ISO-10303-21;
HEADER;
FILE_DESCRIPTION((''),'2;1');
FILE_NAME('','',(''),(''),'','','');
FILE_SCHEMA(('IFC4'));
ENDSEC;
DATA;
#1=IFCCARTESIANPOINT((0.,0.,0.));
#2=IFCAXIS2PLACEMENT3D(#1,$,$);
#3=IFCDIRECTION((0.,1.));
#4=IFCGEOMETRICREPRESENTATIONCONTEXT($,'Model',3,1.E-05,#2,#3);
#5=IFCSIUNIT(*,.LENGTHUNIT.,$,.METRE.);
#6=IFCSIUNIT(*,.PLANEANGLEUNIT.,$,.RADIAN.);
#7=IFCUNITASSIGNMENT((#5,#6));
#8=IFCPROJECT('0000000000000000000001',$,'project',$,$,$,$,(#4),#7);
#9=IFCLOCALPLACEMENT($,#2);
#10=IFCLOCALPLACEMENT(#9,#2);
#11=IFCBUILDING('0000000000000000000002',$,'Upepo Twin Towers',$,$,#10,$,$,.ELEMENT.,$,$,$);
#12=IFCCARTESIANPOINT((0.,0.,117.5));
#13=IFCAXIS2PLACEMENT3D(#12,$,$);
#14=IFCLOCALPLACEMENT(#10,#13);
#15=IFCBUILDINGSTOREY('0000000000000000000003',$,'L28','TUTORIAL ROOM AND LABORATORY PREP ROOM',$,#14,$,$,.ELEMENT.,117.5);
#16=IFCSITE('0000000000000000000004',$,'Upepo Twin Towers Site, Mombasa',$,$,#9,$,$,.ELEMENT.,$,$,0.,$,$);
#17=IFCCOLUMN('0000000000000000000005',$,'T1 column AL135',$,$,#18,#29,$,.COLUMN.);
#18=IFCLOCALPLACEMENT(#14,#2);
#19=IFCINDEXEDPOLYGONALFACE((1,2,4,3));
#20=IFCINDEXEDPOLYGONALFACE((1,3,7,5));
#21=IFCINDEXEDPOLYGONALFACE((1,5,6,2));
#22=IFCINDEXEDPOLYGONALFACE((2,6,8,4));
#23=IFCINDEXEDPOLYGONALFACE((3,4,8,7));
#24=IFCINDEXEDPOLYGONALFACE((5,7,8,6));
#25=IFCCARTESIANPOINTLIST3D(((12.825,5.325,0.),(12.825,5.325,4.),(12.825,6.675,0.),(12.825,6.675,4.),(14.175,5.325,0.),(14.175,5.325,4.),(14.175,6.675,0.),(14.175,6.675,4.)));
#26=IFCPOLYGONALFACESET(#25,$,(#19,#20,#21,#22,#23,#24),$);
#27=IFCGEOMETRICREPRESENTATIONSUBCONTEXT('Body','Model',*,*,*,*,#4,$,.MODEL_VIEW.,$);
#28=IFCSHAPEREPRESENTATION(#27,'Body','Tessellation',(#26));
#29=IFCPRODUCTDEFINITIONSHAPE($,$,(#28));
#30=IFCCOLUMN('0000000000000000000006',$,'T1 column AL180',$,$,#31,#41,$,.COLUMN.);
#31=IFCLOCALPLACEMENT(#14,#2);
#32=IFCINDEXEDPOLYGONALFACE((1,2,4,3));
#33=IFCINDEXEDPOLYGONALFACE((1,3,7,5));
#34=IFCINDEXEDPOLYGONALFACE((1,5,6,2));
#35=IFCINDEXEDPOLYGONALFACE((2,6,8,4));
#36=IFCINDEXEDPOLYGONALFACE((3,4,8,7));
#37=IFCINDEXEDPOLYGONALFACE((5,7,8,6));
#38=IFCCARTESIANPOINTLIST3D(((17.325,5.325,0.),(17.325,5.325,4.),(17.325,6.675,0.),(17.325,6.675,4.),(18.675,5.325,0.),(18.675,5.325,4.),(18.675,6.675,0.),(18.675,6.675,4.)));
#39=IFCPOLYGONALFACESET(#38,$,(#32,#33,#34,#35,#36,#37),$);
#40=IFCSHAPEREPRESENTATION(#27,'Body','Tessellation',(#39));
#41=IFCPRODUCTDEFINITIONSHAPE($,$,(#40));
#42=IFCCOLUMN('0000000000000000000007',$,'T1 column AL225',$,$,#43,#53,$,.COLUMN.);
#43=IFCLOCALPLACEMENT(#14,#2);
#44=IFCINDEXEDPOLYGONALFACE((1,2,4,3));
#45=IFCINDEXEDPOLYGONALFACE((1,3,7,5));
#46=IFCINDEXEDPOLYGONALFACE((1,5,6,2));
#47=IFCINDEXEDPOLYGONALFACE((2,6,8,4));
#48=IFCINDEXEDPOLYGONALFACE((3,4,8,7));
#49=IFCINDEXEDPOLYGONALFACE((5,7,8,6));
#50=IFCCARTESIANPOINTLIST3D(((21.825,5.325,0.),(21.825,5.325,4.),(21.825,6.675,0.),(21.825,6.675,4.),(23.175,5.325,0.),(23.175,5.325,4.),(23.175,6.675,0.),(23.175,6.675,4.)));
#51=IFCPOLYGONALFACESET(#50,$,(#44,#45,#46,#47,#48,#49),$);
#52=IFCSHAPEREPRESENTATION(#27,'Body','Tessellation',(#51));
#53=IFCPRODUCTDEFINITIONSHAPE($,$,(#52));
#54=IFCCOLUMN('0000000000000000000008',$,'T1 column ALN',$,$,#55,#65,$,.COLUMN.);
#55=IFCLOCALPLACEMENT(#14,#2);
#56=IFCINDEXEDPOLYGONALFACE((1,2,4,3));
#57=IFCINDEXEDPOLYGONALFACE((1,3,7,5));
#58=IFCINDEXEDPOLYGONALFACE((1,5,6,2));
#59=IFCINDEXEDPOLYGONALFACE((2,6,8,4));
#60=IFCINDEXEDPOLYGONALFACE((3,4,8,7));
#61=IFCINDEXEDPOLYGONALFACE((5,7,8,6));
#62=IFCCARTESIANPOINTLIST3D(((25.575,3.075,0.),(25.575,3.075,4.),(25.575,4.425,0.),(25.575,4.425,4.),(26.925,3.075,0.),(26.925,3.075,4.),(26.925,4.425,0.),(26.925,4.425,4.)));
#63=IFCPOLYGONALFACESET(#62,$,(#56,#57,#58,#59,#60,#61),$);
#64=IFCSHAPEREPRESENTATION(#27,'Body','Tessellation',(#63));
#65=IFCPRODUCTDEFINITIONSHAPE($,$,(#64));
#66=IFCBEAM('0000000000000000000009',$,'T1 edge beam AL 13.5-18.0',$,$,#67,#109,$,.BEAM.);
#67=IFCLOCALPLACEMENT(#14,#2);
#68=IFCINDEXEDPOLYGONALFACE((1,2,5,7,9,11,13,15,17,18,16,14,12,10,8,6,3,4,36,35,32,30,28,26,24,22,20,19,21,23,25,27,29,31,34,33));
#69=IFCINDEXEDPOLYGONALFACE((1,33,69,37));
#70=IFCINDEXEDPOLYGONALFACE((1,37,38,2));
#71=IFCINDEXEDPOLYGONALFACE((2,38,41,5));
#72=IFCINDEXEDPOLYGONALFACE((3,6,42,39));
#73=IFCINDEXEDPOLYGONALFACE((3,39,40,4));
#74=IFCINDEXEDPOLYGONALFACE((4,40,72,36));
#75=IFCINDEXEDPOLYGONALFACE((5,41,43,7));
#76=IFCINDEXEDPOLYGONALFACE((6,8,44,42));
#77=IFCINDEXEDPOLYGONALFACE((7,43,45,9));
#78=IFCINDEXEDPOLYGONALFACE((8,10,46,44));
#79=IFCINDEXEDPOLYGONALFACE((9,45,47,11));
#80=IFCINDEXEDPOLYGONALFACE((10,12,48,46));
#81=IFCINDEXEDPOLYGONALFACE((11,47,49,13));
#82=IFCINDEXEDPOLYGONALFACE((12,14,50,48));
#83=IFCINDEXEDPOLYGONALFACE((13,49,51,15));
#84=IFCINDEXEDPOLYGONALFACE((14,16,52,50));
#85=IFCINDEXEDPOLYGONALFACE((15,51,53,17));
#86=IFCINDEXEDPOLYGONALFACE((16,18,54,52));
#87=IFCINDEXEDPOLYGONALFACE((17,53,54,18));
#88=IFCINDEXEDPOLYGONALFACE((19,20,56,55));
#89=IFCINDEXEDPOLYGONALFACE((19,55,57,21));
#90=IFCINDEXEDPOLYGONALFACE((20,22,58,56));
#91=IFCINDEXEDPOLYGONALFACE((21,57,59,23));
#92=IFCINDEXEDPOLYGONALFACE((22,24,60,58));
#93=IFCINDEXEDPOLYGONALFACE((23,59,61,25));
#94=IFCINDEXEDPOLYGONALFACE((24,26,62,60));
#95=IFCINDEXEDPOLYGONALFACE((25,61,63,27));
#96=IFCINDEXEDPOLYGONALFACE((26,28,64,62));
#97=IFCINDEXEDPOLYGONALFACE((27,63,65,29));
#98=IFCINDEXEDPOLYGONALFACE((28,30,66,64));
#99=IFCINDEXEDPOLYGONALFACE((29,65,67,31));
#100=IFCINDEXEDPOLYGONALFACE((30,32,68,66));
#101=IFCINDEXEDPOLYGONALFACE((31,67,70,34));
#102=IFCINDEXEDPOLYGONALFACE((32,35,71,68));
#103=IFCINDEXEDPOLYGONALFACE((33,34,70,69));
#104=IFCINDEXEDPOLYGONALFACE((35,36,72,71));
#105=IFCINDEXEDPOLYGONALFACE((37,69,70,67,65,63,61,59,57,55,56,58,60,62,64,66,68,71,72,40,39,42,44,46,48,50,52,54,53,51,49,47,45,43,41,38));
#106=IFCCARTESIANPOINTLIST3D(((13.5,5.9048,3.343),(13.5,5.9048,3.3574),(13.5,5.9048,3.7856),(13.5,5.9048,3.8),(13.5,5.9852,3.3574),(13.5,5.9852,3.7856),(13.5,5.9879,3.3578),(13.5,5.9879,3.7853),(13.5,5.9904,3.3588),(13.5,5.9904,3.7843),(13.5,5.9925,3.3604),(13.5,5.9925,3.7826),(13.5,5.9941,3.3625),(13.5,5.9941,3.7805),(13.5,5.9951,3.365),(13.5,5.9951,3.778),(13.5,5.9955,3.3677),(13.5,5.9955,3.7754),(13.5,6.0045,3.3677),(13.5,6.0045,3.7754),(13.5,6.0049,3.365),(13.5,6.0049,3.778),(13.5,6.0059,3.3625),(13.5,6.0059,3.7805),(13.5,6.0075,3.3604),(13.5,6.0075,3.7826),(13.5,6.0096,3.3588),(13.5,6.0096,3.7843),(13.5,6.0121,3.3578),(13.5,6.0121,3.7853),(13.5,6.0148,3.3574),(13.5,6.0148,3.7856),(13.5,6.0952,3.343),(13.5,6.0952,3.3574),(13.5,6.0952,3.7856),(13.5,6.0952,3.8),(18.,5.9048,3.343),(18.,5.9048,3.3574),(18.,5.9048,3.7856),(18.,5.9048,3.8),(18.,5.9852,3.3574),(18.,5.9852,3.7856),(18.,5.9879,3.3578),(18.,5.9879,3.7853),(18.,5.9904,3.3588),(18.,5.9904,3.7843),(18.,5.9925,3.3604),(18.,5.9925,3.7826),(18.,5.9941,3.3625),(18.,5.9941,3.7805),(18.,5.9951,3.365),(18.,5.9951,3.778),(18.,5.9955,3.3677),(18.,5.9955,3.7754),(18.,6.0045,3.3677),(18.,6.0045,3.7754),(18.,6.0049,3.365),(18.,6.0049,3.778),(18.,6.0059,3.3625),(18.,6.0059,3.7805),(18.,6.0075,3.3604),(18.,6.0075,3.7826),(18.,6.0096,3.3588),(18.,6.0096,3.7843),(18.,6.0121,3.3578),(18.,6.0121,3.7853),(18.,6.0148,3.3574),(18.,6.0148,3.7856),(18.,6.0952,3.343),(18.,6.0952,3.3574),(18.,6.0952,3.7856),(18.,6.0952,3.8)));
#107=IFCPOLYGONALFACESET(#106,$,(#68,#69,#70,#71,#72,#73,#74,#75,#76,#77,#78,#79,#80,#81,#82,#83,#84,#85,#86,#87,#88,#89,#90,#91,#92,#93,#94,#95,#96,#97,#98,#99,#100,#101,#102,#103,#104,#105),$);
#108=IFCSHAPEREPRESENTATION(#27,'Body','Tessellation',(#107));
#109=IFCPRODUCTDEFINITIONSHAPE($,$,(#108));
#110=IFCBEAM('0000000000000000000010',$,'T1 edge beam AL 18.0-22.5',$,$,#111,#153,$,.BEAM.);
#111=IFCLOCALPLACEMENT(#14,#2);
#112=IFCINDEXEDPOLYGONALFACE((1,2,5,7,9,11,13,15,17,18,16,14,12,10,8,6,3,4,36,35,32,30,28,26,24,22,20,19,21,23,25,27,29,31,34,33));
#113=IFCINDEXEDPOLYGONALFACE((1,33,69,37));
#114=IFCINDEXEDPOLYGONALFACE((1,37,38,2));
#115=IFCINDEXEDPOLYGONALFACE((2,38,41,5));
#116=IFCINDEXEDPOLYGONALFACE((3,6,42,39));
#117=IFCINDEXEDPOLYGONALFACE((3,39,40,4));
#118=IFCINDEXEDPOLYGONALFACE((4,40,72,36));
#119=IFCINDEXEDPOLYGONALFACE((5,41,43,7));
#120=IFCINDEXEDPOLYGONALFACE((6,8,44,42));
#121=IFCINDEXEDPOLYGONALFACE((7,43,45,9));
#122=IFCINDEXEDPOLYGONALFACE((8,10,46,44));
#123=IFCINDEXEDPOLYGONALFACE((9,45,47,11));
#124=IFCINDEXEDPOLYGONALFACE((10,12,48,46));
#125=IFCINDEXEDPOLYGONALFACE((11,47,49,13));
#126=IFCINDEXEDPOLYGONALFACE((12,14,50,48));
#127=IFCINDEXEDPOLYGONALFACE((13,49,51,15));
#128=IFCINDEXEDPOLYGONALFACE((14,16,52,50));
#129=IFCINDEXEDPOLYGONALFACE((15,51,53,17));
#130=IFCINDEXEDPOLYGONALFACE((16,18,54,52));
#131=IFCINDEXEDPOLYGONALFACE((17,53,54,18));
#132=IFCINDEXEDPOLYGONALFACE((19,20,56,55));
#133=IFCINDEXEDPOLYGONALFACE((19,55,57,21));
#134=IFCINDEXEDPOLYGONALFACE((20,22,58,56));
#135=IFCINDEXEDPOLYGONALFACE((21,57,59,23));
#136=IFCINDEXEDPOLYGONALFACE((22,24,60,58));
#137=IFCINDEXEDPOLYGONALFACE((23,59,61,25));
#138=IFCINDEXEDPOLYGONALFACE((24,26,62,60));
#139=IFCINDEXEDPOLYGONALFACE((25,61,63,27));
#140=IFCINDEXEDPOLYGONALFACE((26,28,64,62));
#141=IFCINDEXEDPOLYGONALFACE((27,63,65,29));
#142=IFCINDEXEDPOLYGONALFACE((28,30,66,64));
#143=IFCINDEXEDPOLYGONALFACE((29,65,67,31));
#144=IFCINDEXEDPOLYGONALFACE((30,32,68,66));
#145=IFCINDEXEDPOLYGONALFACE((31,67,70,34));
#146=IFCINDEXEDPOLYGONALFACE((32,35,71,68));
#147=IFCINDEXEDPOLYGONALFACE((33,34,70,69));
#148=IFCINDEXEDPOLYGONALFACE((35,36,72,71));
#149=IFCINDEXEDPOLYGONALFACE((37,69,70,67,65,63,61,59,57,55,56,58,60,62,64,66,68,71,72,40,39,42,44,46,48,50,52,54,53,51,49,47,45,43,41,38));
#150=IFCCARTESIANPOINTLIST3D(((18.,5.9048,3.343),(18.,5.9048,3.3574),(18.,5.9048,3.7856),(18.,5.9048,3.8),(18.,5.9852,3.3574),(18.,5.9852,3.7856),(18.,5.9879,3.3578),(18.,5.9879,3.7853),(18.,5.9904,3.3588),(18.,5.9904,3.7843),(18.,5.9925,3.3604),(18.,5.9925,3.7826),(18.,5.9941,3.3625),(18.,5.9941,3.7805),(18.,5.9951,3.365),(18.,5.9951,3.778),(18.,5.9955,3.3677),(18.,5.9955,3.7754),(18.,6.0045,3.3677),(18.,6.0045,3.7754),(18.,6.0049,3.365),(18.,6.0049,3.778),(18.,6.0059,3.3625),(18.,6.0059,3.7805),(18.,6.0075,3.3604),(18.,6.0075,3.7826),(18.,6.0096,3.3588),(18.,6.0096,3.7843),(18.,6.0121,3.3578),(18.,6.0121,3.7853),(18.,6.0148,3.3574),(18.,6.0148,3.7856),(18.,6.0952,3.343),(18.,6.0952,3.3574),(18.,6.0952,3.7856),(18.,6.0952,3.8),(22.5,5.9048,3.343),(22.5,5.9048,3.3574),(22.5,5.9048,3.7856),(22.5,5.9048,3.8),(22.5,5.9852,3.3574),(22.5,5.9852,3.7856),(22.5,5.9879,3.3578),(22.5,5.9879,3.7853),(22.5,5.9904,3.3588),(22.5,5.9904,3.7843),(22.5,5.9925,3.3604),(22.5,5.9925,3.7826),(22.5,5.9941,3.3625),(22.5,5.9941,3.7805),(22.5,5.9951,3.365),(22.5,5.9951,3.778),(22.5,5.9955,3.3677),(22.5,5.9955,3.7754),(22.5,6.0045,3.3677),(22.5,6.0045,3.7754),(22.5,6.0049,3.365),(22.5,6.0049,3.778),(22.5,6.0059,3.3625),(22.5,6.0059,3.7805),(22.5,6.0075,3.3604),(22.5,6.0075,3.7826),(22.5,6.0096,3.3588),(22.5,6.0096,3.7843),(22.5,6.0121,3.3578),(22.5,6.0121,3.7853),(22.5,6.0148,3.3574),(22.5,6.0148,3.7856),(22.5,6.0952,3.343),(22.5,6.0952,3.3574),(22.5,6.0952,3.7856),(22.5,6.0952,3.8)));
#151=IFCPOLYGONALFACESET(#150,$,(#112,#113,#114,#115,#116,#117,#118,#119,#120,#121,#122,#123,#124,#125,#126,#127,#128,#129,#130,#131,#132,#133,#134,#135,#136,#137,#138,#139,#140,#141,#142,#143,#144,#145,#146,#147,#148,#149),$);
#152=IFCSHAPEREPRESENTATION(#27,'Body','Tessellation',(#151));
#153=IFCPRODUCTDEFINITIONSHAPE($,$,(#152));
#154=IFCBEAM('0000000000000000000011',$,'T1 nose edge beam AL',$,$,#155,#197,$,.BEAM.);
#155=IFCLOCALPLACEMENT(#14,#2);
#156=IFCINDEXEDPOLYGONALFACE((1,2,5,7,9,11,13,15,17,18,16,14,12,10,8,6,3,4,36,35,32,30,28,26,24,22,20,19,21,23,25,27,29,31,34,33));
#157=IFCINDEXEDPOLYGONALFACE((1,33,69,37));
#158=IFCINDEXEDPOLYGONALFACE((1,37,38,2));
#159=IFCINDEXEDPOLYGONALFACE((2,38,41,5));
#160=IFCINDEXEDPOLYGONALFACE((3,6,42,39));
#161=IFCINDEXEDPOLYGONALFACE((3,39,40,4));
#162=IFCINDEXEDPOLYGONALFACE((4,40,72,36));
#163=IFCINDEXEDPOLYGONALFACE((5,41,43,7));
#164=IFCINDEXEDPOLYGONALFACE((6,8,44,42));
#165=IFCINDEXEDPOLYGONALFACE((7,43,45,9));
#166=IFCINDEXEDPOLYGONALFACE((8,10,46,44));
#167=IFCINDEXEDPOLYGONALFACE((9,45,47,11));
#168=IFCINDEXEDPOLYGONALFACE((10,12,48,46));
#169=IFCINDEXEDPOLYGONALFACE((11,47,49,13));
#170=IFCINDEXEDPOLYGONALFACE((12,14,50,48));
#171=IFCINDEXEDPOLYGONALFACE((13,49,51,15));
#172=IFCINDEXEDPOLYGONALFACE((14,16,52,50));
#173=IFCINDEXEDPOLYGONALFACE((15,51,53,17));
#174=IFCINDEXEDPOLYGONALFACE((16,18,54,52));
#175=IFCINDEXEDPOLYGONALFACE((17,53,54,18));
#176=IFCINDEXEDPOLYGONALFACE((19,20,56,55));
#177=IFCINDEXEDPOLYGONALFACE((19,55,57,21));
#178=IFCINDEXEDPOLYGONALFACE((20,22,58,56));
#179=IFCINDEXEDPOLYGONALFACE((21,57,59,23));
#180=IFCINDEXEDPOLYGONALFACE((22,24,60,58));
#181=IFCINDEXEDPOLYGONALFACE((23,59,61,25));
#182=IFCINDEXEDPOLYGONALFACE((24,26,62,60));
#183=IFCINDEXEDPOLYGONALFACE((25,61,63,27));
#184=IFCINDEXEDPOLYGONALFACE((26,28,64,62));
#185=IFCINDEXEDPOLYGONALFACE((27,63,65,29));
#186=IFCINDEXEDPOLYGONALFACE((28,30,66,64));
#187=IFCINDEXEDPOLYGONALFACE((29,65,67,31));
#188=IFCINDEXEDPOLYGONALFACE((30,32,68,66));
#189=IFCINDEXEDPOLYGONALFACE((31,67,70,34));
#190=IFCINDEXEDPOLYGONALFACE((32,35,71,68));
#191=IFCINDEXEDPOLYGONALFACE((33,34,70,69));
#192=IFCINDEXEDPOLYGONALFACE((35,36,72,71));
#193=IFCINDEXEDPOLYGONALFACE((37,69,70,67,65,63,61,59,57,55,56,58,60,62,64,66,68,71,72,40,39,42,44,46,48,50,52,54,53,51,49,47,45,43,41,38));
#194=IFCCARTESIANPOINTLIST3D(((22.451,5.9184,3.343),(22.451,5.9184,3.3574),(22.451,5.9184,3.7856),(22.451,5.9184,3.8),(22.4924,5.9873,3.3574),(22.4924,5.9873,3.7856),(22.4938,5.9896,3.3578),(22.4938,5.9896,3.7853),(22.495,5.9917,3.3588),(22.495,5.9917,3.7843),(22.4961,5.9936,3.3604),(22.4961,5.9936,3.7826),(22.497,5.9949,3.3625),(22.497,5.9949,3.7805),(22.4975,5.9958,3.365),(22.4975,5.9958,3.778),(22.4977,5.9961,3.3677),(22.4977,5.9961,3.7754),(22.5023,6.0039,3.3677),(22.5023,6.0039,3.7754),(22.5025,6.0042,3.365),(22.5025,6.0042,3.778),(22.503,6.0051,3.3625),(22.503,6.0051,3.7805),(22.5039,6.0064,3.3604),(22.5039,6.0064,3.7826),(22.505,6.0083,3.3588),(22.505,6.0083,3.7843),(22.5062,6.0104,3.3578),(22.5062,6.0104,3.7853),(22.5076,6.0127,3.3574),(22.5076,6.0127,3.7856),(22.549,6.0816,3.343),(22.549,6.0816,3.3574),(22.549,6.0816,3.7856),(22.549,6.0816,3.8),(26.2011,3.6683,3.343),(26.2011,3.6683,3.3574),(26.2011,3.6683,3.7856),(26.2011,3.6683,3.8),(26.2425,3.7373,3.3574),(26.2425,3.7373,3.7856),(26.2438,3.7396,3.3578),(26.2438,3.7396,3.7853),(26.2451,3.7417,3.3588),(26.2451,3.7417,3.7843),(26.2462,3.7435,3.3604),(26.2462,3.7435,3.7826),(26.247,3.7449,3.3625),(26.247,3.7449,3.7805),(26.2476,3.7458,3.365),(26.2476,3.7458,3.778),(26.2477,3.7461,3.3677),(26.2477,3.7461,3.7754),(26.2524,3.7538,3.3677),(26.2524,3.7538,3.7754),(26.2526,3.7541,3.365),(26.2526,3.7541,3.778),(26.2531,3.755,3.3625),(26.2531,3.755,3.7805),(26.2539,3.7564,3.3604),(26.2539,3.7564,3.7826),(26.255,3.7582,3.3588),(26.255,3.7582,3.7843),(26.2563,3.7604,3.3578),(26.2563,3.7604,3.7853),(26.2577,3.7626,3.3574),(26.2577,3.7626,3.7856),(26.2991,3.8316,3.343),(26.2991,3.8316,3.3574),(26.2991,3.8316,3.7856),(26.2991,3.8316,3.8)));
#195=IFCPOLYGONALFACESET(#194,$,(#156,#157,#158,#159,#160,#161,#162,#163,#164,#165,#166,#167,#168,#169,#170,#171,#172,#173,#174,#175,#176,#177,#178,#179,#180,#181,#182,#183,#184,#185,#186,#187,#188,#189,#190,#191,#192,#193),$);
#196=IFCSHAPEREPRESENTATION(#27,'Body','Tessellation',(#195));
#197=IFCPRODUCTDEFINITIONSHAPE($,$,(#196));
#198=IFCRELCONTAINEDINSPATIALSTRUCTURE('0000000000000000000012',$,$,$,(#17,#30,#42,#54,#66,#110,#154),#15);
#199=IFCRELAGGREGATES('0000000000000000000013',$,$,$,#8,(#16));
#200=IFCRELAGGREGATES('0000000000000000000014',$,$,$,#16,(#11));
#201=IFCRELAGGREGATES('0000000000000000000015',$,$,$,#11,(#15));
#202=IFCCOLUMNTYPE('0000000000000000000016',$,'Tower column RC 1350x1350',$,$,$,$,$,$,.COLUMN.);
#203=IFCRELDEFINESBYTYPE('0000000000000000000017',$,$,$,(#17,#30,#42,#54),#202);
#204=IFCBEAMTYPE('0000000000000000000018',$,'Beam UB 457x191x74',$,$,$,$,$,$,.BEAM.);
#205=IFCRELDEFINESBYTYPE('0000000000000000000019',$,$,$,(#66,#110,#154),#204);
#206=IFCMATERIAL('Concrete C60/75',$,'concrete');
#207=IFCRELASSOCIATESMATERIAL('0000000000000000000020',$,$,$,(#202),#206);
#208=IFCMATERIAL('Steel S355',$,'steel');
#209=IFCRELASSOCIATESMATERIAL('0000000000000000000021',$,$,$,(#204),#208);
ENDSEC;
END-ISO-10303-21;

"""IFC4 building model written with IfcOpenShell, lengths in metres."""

from ifc_helpers import new_model, si_unit, direction, frame, origin, origin_2d, place, context, subcontext, project, spatial, rectangle, i_section, extrude, material, material_profile, profile_set, type_object, element, save


model = new_model("IFC4")

# Units and contexts
model_context = context("Model", 3, precision=1e-05, world=origin(), true_north=direction((0.0, 1.0)))
body_context = subcontext(model_context, "Body", "Model", "MODEL_VIEW")
ifc_project = project(units=[si_unit("LENGTHUNIT", "METRE"), si_unit("PLANEANGLEUNIT", "RADIAN")], contexts=[model_context])

# Site, building, storey
site_placement = place(None, origin())
site = spatial("IfcSite", under=ifc_project, at=site_placement, Name="Upepo Twin Towers Site, Mombasa", CompositionType="ELEMENT", RefElevation=0.0)
building_placement = place(site_placement, origin())
building = spatial("IfcBuilding", under=site, at=building_placement, Name="Upepo Twin Towers", CompositionType="ELEMENT")
storey_placement = place(building_placement, frame((0.0, 0.0, 117.5)))
storey = spatial("IfcBuildingStorey", under=building, at=storey_placement, Name="L28", Description="TUTORIAL ROOM AND LABORATORY PREP ROOM", CompositionType="ELEMENT", Elevation=117.5)

# Columns
ifc_material_1 = material(Name="Concrete C60/75", Category="concrete")
ifc_material_profile_1 = material_profile(ifc_material_1, rectangle(XDim=1.3501, YDim=1.3501, at=origin_2d()), Name="RC 1350x1350")
ifc_profile_set_1 = profile_set([ifc_material_profile_1], Name="Concrete C60/75")
column_type = type_object("IfcColumnType", Name="Tower column RC 1350x1350", PredefinedType="COLUMN", material=ifc_profile_set_1)
for number, where, z_axis, x_axis, name in (
    (1, (13.5, 6.0, 0.0), (0.0, 0.0, 1.0), (1.0, 0.0, 0.0), "T1 column AL135"),
    (2, (18.0, 6.0, 0.0), (0.0, 0.0, 1.0), (1.0, 0.0, 0.0), "T1 column AL180"),
    (3, (22.5, 6.0, 0.0), (0.0, 0.0, 1.0), (1.0, 0.0, 0.0), "T1 column AL225"),
    (4, (26.25, 3.75, 0.0), (0.0, 0.0, 1.0), (1.0, 0.0, 0.0), "T1 column ALN"),
):
    element("IfcColumn", number, at=place(storey_placement, frame(where, z_axis=z_axis, x_axis=x_axis)), inside=storey, type_object=column_type, Name=name, PredefinedType="COLUMN", context=body_context, shape_type="SweptSolid", body=[
        extrude(rectangle(XDim=1.3501, YDim=1.3501, at=origin_2d()), origin(), (0.0, 0.0, 1.0), 4.0),
    ])

# Beams
ifc_material_2 = material(Name="Steel S355", Category="steel")
ifc_material_profile_2 = material_profile(ifc_material_2, i_section(OverallWidth=0.1904, OverallDepth=0.457, WebThickness=0.009, FlangeThickness=0.0144, FilletRadius=0.0103, at=origin_2d()), Name="UB 457x191x74")
ifc_profile_set_2 = profile_set([ifc_material_profile_2], Name="Steel S355")
beam_type_1 = type_object("IfcBeamType", Name="Beam UB 457x191x74", PredefinedType="BEAM", material=ifc_profile_set_2)
for number, where, z_axis, x_axis, name in (
    (5, (13.5, 6.0, 3.5715), (1.0, 0.0, 0.0), (0.0, 1.0, 0.0), "T1 edge beam AL 13.5-18.0"),
    (6, (18.0, 6.0, 3.5715), (1.0, 0.0, 0.0), (0.0, 1.0, 0.0), "T1 edge beam AL 18.0-22.5"),
):
    element("IfcBeam", number, at=place(storey_placement, frame(where, z_axis=z_axis, x_axis=x_axis)), inside=storey, type_object=beam_type_1, Name=name, PredefinedType="BEAM", context=body_context, shape_type="SweptSolid", body=[
        extrude(i_section(OverallWidth=0.1904, OverallDepth=0.457, WebThickness=0.009, FlangeThickness=0.0144, FilletRadius=0.0103, at=origin_2d()), origin(), (0.0, 0.0, 1.0), 4.5),
    ])
beam_1_placement = place(storey_placement, frame((22.5, 6.0, 3.5715), z_axis=(0.857493, -0.514496, 0.0), x_axis=(0.514496, 0.857493, 0.0)))
element("IfcBeam", 7, at=beam_1_placement, inside=storey, type_object=beam_type_1, Name="T1 nose edge beam AL", PredefinedType="BEAM", context=body_context, shape_type="SweptSolid", body=[
    extrude(i_section(OverallWidth=0.1904, OverallDepth=0.457, WebThickness=0.009, FlangeThickness=0.0144, FilletRadius=0.0103, at=origin_2d()), origin(), (0.0, 0.0, 1.0), 4.3733),
])

save(model, "model.ifc")
